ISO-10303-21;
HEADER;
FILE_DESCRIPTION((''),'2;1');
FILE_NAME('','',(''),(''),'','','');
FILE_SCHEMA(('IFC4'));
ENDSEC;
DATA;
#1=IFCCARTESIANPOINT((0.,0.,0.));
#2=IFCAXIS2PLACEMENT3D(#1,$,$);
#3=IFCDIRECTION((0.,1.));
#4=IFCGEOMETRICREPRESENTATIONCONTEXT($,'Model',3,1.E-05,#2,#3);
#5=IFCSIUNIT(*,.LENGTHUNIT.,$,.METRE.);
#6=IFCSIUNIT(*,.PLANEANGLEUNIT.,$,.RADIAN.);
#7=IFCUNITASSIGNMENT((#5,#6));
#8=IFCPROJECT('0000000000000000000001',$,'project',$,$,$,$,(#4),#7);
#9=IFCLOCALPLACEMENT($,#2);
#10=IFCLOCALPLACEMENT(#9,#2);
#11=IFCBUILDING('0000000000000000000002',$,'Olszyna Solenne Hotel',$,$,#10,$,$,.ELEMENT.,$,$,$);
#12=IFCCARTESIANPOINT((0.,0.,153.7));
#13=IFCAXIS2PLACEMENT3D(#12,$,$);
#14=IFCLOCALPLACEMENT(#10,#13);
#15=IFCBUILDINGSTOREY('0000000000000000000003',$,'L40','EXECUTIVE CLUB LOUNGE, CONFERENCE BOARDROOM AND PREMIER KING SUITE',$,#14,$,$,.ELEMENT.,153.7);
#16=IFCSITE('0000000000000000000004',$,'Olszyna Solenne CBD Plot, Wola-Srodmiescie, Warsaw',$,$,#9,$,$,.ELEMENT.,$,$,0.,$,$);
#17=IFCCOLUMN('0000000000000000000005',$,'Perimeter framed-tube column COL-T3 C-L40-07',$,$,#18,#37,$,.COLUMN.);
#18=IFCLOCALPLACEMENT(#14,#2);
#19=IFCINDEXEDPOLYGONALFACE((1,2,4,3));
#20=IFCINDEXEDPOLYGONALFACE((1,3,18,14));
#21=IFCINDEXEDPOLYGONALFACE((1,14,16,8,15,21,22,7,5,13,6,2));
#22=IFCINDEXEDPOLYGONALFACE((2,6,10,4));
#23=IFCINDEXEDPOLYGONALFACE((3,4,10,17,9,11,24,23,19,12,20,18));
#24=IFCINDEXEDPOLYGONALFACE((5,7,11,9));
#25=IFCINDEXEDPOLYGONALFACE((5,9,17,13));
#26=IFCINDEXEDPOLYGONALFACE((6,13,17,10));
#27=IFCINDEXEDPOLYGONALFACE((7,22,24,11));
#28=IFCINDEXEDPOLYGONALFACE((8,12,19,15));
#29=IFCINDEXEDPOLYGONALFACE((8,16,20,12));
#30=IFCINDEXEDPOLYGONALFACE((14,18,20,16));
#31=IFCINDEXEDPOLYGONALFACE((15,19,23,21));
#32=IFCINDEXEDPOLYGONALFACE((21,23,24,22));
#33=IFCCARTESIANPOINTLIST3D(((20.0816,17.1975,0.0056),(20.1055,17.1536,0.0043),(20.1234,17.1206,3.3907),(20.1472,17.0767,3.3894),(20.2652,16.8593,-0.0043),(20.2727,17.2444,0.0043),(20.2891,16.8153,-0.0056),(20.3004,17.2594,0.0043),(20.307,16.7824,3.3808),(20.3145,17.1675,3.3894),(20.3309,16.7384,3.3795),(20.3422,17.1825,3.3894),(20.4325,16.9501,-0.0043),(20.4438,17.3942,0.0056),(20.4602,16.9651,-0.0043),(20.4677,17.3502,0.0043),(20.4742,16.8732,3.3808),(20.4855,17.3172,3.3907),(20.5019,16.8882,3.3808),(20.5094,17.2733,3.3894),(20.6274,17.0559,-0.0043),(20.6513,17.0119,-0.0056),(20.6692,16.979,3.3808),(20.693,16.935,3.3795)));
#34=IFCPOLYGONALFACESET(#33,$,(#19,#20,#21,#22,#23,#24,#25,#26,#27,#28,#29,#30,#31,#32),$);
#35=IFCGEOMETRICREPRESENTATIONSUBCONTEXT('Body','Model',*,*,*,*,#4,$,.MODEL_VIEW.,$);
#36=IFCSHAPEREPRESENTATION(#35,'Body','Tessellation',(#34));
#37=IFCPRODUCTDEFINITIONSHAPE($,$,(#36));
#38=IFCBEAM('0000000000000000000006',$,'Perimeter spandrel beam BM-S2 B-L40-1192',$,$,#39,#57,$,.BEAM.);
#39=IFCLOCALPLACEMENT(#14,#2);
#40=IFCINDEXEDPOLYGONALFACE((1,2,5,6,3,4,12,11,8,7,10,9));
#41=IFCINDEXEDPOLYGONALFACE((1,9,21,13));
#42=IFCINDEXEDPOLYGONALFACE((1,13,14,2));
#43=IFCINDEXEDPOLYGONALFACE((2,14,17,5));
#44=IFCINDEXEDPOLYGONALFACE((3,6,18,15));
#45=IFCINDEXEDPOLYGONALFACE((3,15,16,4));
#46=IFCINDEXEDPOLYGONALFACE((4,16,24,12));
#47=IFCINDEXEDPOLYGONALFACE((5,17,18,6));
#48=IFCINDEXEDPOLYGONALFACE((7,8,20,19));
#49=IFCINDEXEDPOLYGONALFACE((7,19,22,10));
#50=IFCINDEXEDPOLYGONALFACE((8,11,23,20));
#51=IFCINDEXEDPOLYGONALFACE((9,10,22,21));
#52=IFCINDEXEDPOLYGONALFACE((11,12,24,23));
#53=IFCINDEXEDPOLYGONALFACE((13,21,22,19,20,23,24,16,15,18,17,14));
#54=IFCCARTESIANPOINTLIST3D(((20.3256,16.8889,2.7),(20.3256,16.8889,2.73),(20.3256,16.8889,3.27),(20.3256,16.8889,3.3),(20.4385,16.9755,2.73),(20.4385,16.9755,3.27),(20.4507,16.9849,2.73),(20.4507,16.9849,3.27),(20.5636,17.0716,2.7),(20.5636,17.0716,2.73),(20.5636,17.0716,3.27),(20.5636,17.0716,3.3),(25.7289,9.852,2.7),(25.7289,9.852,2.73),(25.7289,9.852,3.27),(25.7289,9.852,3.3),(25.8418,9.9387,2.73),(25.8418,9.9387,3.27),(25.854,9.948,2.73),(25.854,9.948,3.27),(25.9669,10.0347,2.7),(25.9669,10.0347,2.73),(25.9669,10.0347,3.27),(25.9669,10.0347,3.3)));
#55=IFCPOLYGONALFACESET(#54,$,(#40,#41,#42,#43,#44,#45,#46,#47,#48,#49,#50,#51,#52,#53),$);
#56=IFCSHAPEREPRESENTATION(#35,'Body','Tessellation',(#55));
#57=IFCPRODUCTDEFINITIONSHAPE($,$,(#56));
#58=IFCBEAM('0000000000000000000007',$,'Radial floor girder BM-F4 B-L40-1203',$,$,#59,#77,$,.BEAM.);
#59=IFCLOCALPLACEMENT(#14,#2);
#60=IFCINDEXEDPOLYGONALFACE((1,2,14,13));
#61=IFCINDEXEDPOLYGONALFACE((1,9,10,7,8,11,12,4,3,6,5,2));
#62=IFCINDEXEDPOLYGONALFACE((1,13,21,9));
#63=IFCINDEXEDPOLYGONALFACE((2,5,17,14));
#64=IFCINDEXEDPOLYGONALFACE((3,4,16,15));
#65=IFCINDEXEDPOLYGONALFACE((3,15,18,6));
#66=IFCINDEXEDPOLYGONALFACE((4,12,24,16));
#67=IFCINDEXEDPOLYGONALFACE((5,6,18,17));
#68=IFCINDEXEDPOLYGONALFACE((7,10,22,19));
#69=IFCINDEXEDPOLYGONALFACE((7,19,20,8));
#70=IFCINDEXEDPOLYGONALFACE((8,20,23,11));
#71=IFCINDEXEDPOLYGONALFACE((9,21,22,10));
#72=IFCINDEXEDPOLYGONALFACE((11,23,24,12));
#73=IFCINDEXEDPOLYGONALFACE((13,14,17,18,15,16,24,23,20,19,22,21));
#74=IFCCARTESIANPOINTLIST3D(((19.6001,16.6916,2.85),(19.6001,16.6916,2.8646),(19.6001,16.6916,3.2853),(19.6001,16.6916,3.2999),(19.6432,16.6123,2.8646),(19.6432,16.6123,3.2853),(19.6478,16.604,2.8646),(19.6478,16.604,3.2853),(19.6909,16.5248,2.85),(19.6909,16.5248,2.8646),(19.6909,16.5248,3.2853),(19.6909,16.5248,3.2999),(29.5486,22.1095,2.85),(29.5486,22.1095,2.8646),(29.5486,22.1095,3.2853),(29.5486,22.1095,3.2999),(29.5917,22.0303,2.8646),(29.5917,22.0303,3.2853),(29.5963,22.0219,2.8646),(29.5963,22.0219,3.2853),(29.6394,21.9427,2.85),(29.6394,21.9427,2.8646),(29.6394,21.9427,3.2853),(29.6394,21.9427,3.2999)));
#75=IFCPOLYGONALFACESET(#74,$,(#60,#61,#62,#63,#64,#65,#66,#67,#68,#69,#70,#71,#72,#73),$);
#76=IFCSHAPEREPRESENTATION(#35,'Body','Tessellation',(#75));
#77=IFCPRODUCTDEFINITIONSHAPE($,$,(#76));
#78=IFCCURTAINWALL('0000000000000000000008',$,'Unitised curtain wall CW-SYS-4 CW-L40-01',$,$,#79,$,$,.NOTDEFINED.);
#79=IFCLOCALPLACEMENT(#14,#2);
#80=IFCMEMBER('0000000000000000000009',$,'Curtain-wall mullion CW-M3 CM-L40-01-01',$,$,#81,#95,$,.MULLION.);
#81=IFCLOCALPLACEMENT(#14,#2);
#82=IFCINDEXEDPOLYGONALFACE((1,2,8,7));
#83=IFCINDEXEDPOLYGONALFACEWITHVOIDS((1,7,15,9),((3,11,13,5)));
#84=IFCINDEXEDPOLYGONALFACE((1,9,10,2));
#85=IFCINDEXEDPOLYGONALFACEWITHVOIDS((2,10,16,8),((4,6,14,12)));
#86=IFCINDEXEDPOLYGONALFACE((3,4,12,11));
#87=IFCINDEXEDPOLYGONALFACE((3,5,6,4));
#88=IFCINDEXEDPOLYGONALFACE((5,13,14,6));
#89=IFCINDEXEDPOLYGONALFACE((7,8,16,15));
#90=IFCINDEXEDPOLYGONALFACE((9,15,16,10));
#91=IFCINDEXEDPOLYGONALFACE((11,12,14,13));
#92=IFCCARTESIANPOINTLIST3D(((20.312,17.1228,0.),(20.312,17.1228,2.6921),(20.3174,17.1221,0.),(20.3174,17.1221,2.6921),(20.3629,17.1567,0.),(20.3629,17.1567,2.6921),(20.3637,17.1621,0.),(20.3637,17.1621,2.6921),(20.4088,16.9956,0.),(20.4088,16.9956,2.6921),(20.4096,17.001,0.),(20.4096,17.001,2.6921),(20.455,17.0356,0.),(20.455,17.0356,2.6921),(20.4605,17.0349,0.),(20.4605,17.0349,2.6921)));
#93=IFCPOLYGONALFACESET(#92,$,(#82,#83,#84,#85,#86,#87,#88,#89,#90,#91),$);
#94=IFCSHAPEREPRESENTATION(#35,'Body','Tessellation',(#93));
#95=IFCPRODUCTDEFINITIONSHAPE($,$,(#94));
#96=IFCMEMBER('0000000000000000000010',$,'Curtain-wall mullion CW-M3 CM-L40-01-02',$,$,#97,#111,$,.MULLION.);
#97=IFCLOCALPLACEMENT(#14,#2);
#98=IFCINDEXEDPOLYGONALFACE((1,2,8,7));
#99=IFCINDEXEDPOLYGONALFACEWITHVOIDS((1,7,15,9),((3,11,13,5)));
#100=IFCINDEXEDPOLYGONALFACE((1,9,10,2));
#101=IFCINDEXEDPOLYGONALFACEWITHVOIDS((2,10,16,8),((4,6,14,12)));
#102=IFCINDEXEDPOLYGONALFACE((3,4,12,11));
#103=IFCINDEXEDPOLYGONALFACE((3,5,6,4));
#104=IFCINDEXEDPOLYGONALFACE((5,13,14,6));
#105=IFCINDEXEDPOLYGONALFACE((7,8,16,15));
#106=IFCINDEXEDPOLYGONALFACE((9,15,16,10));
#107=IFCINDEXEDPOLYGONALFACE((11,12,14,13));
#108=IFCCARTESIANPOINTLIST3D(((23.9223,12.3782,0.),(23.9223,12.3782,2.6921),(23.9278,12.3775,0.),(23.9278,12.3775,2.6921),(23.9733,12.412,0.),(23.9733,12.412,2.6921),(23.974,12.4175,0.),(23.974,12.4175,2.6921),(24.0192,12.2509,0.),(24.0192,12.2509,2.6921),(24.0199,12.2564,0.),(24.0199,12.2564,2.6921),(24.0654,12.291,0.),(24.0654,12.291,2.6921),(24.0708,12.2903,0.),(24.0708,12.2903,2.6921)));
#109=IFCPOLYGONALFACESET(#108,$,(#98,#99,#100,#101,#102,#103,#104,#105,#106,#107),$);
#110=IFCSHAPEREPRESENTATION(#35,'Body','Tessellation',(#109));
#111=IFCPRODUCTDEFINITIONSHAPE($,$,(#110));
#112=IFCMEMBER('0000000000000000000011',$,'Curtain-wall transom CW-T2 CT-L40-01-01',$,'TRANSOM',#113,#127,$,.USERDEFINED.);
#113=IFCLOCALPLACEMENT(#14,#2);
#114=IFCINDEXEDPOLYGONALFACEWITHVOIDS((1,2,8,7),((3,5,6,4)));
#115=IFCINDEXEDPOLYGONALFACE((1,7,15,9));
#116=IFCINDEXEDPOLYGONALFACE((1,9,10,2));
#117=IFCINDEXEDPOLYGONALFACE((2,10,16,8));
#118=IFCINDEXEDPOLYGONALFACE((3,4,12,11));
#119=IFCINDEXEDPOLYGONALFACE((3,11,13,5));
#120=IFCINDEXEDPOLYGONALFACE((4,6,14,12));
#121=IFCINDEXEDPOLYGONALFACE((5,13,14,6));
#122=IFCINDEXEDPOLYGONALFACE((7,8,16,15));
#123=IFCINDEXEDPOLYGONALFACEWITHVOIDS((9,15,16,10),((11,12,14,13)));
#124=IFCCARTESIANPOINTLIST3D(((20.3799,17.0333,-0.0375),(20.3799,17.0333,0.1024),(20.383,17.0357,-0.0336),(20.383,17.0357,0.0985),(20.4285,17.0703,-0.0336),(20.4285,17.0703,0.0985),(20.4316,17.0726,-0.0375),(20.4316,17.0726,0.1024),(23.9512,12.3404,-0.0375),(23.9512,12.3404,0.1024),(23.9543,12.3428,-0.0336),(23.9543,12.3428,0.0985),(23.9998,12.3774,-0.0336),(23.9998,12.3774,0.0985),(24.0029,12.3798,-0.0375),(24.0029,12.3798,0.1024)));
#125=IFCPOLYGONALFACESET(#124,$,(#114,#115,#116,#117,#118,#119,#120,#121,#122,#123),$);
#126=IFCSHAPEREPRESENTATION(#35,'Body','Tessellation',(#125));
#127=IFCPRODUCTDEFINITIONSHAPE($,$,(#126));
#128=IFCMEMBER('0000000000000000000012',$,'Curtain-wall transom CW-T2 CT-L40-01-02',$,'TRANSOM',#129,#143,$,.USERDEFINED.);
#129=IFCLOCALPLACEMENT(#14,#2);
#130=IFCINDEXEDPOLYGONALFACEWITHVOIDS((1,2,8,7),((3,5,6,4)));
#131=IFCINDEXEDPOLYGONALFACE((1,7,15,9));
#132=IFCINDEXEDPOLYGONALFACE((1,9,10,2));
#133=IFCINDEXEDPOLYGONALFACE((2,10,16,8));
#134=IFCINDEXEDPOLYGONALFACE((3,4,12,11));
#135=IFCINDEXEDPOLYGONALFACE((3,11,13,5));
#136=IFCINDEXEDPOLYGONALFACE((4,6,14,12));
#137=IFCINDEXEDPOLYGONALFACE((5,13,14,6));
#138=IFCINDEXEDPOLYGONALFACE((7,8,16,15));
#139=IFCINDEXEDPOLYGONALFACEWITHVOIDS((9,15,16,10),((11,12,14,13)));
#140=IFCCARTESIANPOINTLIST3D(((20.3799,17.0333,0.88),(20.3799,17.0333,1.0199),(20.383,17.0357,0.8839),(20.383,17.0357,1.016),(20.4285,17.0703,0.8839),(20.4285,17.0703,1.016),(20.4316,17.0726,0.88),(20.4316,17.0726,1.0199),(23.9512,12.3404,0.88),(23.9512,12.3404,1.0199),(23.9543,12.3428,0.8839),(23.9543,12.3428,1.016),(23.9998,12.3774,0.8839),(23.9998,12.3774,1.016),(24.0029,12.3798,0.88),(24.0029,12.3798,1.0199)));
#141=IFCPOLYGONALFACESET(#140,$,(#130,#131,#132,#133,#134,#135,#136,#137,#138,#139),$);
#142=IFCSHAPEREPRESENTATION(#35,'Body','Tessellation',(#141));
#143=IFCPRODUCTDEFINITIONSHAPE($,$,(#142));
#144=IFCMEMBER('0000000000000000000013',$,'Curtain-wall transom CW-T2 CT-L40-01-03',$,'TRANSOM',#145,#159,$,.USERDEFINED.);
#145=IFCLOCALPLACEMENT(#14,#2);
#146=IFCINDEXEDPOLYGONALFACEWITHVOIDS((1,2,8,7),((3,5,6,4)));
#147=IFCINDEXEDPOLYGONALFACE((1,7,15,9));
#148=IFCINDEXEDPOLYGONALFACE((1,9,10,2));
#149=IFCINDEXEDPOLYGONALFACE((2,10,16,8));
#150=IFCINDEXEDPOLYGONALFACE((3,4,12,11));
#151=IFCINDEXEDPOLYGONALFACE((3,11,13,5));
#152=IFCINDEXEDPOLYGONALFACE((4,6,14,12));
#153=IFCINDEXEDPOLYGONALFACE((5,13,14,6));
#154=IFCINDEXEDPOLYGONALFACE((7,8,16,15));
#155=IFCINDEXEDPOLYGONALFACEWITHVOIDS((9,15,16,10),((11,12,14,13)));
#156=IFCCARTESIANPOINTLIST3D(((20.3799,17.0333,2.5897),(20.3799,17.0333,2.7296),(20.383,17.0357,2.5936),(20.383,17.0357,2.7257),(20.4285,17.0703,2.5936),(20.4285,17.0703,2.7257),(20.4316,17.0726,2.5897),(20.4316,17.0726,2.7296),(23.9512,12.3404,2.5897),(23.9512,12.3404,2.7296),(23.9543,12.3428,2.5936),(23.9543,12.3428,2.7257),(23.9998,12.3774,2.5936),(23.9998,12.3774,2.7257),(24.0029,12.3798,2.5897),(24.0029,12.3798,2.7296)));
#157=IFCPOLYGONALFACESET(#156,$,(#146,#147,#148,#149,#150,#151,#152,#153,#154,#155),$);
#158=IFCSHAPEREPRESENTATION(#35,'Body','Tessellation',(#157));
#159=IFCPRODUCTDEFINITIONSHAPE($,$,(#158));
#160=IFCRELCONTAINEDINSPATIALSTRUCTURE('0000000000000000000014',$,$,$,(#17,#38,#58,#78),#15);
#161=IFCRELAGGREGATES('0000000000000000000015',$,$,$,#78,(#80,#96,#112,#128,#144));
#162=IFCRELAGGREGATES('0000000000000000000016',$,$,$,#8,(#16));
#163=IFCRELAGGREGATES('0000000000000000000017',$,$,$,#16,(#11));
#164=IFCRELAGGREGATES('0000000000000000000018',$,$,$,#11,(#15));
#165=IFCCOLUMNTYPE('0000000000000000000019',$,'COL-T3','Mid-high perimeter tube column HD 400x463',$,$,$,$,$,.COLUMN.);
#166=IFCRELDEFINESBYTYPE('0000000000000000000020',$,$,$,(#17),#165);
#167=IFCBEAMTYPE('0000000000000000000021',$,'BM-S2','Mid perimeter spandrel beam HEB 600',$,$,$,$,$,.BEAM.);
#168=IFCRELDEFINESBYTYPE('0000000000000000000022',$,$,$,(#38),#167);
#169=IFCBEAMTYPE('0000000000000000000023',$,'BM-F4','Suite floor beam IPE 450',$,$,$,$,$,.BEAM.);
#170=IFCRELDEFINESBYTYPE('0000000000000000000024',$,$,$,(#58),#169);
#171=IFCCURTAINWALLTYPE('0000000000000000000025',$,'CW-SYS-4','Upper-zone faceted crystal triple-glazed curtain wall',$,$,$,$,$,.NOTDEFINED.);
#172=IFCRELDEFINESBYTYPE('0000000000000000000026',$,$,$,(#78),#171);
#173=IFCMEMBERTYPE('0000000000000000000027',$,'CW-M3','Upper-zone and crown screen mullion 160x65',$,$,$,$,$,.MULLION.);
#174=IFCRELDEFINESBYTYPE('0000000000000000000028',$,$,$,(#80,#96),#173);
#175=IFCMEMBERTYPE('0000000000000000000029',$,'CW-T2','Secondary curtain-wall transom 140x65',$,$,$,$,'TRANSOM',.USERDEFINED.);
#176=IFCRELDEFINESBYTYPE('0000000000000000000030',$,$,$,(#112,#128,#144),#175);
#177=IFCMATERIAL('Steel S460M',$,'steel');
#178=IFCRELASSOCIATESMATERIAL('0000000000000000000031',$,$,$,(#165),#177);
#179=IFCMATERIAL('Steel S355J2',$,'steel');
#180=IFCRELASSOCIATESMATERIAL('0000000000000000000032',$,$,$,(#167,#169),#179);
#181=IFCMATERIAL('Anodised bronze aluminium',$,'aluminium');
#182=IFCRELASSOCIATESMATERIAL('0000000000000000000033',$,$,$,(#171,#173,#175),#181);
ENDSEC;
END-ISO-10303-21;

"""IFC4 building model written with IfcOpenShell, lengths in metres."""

from ifc_helpers import new_model, si_unit, direction, frame, origin, origin_2d, place, context, subcontext, project, spatial, hollow_rectangle, i_section, extrude, source, transform, mapped, material, material_profile, profile_set, type_object, element, aggregate, save


model = new_model("IFC4")

# Units and contexts
model_context = context("Model", 3, precision=1e-05, world=origin(), true_north=direction((0.0, 1.0)))
body_context = subcontext(model_context, "Body", "Model", "MODEL_VIEW")
ifc_project = project(units=[si_unit("LENGTHUNIT", "METRE"), si_unit("PLANEANGLEUNIT", "RADIAN")], contexts=[model_context])

# Site, building, storey
site_placement = place(None, origin())
site = spatial("IfcSite", under=ifc_project, at=site_placement, Name="Olszyna Solenne CBD Plot, Wola-Srodmiescie, Warsaw", CompositionType="ELEMENT", RefElevation=0.0)
building_placement = place(site_placement, origin())
building = spatial("IfcBuilding", under=site, at=building_placement, Name="Olszyna Solenne Hotel", CompositionType="ELEMENT")
storey_placement = place(building_placement, frame((0.0, 0.0, 153.7)))
storey = spatial("IfcBuildingStorey", under=building, at=storey_placement, Name="L40", Description="EXECUTIVE CLUB LOUNGE, CONFERENCE BOARDROOM AND PREMIER KING SUITE", CompositionType="ELEMENT", Elevation=153.7)

# Column
ifc_material_1 = material(Name="Steel S460M", Category="steel")
ifc_material_profile_1 = material_profile(ifc_material_1, i_section(OverallWidth=0.4121, OverallDepth=0.4351, WebThickness=0.0315, FlangeThickness=0.05, at=origin_2d()), Name="HD 400x463", Category="load-bearing")
ifc_profile_set_1 = profile_set([ifc_material_profile_1], Name="Steel S460M")
column_type = type_object("IfcColumnType", Name="COL-T3", Description="Mid-high perimeter tube column HD 400x463", PredefinedType="COLUMN", material=ifc_profile_set_1)
shared_shape_1 = source(origin(), body_context, "Body", "SweptSolid", [
    extrude(i_section(OverallWidth=0.4121, OverallDepth=0.4351, WebThickness=0.0315, FlangeThickness=0.05, at=origin_2d()), origin(), (0.0, 0.0, 1.0), 3.3862),
])
column_placement = place(storey_placement, frame((20.3665, 17.1047, 0.0), z_axis=(0.012329, -0.022711, 0.999666), x_axis=(0.878853, 0.477092, 0.0)))
element("IfcColumn", 1, at=column_placement, inside=storey, type_object=column_type, Name="Perimeter framed-tube column COL-T3 C-L40-07", PredefinedType="COLUMN", context=body_context, shape_type="MappedRepresentation", body=[
    mapped(shared_shape_1, transform((0.0, 0.0, 0.0), x_axis=(1.0, 0.0, 0.0), y_axis=(0.0, 1.0, 0.0), z_axis=(0.0, 0.0, 1.0), scale=1.0)),
])

# Beams
ifc_material_2 = material(Name="Steel S355J2", Category="steel")
ifc_material_profile_2 = material_profile(ifc_material_2, i_section(OverallWidth=0.3, OverallDepth=0.6001, WebThickness=0.0154, FlangeThickness=0.03, at=origin_2d()), Name="HEB 600", Category="load-bearing")
ifc_profile_set_2 = profile_set([ifc_material_profile_2], Name="Steel S355J2")
beam_type_1 = type_object("IfcBeamType", Name="BM-S2", Description="Mid perimeter spandrel beam HEB 600", PredefinedType="BEAM", material=ifc_profile_set_2)
shared_shape_2 = source(origin(), body_context, "Body", "SweptSolid", [
    extrude(i_section(OverallWidth=0.3, OverallDepth=0.6001, WebThickness=0.0154, FlangeThickness=0.03, at=origin_2d()), origin(), (0.0, 0.0, 1.0), 8.8721),
])
beam_1_placement = place(storey_placement, frame((20.4446, 16.9802, 3.0), z_axis=(0.609027, -0.79315, 0.0), x_axis=(0.79315, 0.609027, 0.0)))
element("IfcBeam", 2, at=beam_1_placement, inside=storey, type_object=beam_type_1, Name="Perimeter spandrel beam BM-S2 B-L40-1192", PredefinedType="BEAM", context=body_context, shape_type="MappedRepresentation", body=[
    mapped(shared_shape_2, transform((0.0, 0.0, 0.0), x_axis=(1.0, 0.0, 0.0), y_axis=(0.0, 1.0, 0.0), z_axis=(0.0, 0.0, 1.0), scale=1.0)),
])
ifc_material_profile_3 = material_profile(ifc_material_2, i_section(OverallWidth=0.1899, OverallDepth=0.45, WebThickness=0.0095, FlangeThickness=0.0146, at=origin_2d()), Name="IPE 450", Category="load-bearing")
ifc_profile_set_3 = profile_set([ifc_material_profile_3], Name="Steel S355J2")
beam_type_2 = type_object("IfcBeamType", Name="BM-F4", Description="Suite floor beam IPE 450", PredefinedType="BEAM", material=ifc_profile_set_3)
shared_shape_3 = source(origin(), body_context, "Body", "SweptSolid", [
    extrude(i_section(OverallWidth=0.1899, OverallDepth=0.45, WebThickness=0.0095, FlangeThickness=0.0146, at=origin_2d()), origin(), (0.0, 0.0, 1.0), 11.3281),
])
beam_2_placement = place(storey_placement, frame((19.6455, 16.6082, 3.075), z_axis=(0.87821, 0.478275, 0.0), x_axis=(-0.478275, 0.87821, 0.0)))
element("IfcBeam", 3, at=beam_2_placement, inside=storey, type_object=beam_type_2, Name="Radial floor girder BM-F4 B-L40-1203", PredefinedType="BEAM", context=body_context, shape_type="MappedRepresentation", body=[
    mapped(shared_shape_3, transform((0.0, 0.0, 0.0), x_axis=(1.0, 0.0, 0.0), y_axis=(0.0, 1.0, 0.0), z_axis=(0.0, 0.0, 1.0), scale=1.0)),
])

# Curtain wall, members
ifc_material_3 = material(Name="Anodised bronze aluminium", Category="aluminium")
curtain_wall_type = type_object("IfcCurtainWallType", Name="CW-SYS-4", Description="Upper-zone faceted crystal triple-glazed curtain wall", PredefinedType="NOTDEFINED", material=ifc_material_3)
curtain_wall_placement = place(storey_placement, origin())
curtain_wall = element("IfcCurtainWall", 4, at=curtain_wall_placement, inside=storey, type_object=curtain_wall_type, Name="Unitised curtain wall CW-SYS-4 CW-L40-01", PredefinedType="NOTDEFINED")
ifc_material_profile_4 = material_profile(ifc_material_3, hollow_rectangle(XDim=0.0649, YDim=0.1599, WallThickness=0.0039, at=origin_2d()), Name="MULL 160x65x4", Category="load-bearing")
ifc_profile_set_4 = profile_set([ifc_material_profile_4], Name="Anodised bronze aluminium")
member_type_1 = type_object("IfcMemberType", Name="CW-M3", Description="Upper-zone and crown screen mullion 160x65", PredefinedType="MULLION", material=ifc_profile_set_4)
shared_shape_4 = source(origin(), body_context, "Body", "SweptSolid", [
    extrude(hollow_rectangle(XDim=0.0649, YDim=0.1599, WallThickness=0.0039, at=origin_2d()), origin(), (0.0, 0.0, 1.0), 2.6921),
])
member_1_placement = place(storey_placement, frame((20.3862, 17.0789, 0.0), z_axis=(0.0, 0.0, 1.0), x_axis=(0.7958, 0.605559, 0.0)))
member_1 = element("IfcMember", 5, at=member_1_placement, type_object=member_type_1, Name="Curtain-wall mullion CW-M3 CM-L40-01-01", PredefinedType="MULLION", context=body_context, shape_type="MappedRepresentation", body=[
    mapped(shared_shape_4, transform((0.0, 0.0, 0.0), x_axis=(1.0, 0.0, 0.0), y_axis=(0.0, 1.0, 0.0), z_axis=(0.0, 0.0, 1.0), scale=1.0)),
])
member_2_placement = place(storey_placement, frame((23.9966, 12.3342, 0.0), z_axis=(0.0, 0.0, 1.0), x_axis=(0.7958, 0.605559, 0.0)))
member_2 = element("IfcMember", 6, at=member_2_placement, type_object=member_type_1, Name="Curtain-wall mullion CW-M3 CM-L40-01-02", PredefinedType="MULLION", context=body_context, shape_type="MappedRepresentation", body=[
    mapped(shared_shape_4, transform((0.0, 0.0, 0.0), x_axis=(1.0, 0.0, 0.0), y_axis=(0.0, 1.0, 0.0), z_axis=(0.0, 0.0, 1.0), scale=1.0)),
])
ifc_material_profile_5 = material_profile(ifc_material_3, hollow_rectangle(XDim=0.0649, YDim=0.1399, WallThickness=0.0039, at=origin_2d()), Name="TRAN 140x65x4", Category="load-bearing")
ifc_profile_set_5 = profile_set([ifc_material_profile_5], Name="Anodised bronze aluminium")
member_type_2 = type_object("IfcMemberType", Name="CW-T2", Description="Secondary curtain-wall transom 140x65", ElementType="TRANSOM", PredefinedType="USERDEFINED", material=ifc_profile_set_5)
shared_shape_5 = source(origin(), body_context, "Body", "SweptSolid", [
    extrude(hollow_rectangle(XDim=0.0649, YDim=0.1399, WallThickness=0.0039, at=origin_2d()), origin(), (0.0, 0.0, 1.0), 5.8972),
])
member_3_placement = place(storey_placement, frame((20.4058, 17.053, 0.0325), z_axis=(0.605589, -0.795778, 0.0), x_axis=(0.795778, 0.605589, 0.0)))
member_3 = element("IfcMember", 7, at=member_3_placement, type_object=member_type_2, Name="Curtain-wall transom CW-T2 CT-L40-01-01", ObjectType="TRANSOM", PredefinedType="USERDEFINED", context=body_context, shape_type="MappedRepresentation", body=[
    mapped(shared_shape_5, transform((0.0, 0.0, 0.0), x_axis=(1.0, 0.0, 0.0), y_axis=(0.0, 1.0, 0.0), z_axis=(0.0, 0.0, 1.0), scale=1.0)),
])
member_4_placement = place(storey_placement, frame((20.4058, 17.053, 0.95), z_axis=(0.605589, -0.795778, 0.0), x_axis=(0.795778, 0.605589, 0.0)))
member_4 = element("IfcMember", 8, at=member_4_placement, type_object=member_type_2, Name="Curtain-wall transom CW-T2 CT-L40-01-02", ObjectType="TRANSOM", PredefinedType="USERDEFINED", context=body_context, shape_type="MappedRepresentation", body=[
    mapped(shared_shape_5, transform((0.0, 0.0, 0.0), x_axis=(1.0, 0.0, 0.0), y_axis=(0.0, 1.0, 0.0), z_axis=(0.0, 0.0, 1.0), scale=1.0)),
])
member_5_placement = place(storey_placement, frame((20.4058, 17.053, 2.6597), z_axis=(0.605589, -0.795778, 0.0), x_axis=(0.795778, 0.605589, 0.0)))
member_5 = element("IfcMember", 9, at=member_5_placement, type_object=member_type_2, Name="Curtain-wall transom CW-T2 CT-L40-01-03", ObjectType="TRANSOM", PredefinedType="USERDEFINED", context=body_context, shape_type="MappedRepresentation", body=[
    mapped(shared_shape_5, transform((0.0, 0.0, 0.0), x_axis=(1.0, 0.0, 0.0), y_axis=(0.0, 1.0, 0.0), z_axis=(0.0, 0.0, 1.0), scale=1.0)),
])

aggregate(curtain_wall, [member_1, member_2, member_3, member_4, member_5])

save(model, "model.ifc")
